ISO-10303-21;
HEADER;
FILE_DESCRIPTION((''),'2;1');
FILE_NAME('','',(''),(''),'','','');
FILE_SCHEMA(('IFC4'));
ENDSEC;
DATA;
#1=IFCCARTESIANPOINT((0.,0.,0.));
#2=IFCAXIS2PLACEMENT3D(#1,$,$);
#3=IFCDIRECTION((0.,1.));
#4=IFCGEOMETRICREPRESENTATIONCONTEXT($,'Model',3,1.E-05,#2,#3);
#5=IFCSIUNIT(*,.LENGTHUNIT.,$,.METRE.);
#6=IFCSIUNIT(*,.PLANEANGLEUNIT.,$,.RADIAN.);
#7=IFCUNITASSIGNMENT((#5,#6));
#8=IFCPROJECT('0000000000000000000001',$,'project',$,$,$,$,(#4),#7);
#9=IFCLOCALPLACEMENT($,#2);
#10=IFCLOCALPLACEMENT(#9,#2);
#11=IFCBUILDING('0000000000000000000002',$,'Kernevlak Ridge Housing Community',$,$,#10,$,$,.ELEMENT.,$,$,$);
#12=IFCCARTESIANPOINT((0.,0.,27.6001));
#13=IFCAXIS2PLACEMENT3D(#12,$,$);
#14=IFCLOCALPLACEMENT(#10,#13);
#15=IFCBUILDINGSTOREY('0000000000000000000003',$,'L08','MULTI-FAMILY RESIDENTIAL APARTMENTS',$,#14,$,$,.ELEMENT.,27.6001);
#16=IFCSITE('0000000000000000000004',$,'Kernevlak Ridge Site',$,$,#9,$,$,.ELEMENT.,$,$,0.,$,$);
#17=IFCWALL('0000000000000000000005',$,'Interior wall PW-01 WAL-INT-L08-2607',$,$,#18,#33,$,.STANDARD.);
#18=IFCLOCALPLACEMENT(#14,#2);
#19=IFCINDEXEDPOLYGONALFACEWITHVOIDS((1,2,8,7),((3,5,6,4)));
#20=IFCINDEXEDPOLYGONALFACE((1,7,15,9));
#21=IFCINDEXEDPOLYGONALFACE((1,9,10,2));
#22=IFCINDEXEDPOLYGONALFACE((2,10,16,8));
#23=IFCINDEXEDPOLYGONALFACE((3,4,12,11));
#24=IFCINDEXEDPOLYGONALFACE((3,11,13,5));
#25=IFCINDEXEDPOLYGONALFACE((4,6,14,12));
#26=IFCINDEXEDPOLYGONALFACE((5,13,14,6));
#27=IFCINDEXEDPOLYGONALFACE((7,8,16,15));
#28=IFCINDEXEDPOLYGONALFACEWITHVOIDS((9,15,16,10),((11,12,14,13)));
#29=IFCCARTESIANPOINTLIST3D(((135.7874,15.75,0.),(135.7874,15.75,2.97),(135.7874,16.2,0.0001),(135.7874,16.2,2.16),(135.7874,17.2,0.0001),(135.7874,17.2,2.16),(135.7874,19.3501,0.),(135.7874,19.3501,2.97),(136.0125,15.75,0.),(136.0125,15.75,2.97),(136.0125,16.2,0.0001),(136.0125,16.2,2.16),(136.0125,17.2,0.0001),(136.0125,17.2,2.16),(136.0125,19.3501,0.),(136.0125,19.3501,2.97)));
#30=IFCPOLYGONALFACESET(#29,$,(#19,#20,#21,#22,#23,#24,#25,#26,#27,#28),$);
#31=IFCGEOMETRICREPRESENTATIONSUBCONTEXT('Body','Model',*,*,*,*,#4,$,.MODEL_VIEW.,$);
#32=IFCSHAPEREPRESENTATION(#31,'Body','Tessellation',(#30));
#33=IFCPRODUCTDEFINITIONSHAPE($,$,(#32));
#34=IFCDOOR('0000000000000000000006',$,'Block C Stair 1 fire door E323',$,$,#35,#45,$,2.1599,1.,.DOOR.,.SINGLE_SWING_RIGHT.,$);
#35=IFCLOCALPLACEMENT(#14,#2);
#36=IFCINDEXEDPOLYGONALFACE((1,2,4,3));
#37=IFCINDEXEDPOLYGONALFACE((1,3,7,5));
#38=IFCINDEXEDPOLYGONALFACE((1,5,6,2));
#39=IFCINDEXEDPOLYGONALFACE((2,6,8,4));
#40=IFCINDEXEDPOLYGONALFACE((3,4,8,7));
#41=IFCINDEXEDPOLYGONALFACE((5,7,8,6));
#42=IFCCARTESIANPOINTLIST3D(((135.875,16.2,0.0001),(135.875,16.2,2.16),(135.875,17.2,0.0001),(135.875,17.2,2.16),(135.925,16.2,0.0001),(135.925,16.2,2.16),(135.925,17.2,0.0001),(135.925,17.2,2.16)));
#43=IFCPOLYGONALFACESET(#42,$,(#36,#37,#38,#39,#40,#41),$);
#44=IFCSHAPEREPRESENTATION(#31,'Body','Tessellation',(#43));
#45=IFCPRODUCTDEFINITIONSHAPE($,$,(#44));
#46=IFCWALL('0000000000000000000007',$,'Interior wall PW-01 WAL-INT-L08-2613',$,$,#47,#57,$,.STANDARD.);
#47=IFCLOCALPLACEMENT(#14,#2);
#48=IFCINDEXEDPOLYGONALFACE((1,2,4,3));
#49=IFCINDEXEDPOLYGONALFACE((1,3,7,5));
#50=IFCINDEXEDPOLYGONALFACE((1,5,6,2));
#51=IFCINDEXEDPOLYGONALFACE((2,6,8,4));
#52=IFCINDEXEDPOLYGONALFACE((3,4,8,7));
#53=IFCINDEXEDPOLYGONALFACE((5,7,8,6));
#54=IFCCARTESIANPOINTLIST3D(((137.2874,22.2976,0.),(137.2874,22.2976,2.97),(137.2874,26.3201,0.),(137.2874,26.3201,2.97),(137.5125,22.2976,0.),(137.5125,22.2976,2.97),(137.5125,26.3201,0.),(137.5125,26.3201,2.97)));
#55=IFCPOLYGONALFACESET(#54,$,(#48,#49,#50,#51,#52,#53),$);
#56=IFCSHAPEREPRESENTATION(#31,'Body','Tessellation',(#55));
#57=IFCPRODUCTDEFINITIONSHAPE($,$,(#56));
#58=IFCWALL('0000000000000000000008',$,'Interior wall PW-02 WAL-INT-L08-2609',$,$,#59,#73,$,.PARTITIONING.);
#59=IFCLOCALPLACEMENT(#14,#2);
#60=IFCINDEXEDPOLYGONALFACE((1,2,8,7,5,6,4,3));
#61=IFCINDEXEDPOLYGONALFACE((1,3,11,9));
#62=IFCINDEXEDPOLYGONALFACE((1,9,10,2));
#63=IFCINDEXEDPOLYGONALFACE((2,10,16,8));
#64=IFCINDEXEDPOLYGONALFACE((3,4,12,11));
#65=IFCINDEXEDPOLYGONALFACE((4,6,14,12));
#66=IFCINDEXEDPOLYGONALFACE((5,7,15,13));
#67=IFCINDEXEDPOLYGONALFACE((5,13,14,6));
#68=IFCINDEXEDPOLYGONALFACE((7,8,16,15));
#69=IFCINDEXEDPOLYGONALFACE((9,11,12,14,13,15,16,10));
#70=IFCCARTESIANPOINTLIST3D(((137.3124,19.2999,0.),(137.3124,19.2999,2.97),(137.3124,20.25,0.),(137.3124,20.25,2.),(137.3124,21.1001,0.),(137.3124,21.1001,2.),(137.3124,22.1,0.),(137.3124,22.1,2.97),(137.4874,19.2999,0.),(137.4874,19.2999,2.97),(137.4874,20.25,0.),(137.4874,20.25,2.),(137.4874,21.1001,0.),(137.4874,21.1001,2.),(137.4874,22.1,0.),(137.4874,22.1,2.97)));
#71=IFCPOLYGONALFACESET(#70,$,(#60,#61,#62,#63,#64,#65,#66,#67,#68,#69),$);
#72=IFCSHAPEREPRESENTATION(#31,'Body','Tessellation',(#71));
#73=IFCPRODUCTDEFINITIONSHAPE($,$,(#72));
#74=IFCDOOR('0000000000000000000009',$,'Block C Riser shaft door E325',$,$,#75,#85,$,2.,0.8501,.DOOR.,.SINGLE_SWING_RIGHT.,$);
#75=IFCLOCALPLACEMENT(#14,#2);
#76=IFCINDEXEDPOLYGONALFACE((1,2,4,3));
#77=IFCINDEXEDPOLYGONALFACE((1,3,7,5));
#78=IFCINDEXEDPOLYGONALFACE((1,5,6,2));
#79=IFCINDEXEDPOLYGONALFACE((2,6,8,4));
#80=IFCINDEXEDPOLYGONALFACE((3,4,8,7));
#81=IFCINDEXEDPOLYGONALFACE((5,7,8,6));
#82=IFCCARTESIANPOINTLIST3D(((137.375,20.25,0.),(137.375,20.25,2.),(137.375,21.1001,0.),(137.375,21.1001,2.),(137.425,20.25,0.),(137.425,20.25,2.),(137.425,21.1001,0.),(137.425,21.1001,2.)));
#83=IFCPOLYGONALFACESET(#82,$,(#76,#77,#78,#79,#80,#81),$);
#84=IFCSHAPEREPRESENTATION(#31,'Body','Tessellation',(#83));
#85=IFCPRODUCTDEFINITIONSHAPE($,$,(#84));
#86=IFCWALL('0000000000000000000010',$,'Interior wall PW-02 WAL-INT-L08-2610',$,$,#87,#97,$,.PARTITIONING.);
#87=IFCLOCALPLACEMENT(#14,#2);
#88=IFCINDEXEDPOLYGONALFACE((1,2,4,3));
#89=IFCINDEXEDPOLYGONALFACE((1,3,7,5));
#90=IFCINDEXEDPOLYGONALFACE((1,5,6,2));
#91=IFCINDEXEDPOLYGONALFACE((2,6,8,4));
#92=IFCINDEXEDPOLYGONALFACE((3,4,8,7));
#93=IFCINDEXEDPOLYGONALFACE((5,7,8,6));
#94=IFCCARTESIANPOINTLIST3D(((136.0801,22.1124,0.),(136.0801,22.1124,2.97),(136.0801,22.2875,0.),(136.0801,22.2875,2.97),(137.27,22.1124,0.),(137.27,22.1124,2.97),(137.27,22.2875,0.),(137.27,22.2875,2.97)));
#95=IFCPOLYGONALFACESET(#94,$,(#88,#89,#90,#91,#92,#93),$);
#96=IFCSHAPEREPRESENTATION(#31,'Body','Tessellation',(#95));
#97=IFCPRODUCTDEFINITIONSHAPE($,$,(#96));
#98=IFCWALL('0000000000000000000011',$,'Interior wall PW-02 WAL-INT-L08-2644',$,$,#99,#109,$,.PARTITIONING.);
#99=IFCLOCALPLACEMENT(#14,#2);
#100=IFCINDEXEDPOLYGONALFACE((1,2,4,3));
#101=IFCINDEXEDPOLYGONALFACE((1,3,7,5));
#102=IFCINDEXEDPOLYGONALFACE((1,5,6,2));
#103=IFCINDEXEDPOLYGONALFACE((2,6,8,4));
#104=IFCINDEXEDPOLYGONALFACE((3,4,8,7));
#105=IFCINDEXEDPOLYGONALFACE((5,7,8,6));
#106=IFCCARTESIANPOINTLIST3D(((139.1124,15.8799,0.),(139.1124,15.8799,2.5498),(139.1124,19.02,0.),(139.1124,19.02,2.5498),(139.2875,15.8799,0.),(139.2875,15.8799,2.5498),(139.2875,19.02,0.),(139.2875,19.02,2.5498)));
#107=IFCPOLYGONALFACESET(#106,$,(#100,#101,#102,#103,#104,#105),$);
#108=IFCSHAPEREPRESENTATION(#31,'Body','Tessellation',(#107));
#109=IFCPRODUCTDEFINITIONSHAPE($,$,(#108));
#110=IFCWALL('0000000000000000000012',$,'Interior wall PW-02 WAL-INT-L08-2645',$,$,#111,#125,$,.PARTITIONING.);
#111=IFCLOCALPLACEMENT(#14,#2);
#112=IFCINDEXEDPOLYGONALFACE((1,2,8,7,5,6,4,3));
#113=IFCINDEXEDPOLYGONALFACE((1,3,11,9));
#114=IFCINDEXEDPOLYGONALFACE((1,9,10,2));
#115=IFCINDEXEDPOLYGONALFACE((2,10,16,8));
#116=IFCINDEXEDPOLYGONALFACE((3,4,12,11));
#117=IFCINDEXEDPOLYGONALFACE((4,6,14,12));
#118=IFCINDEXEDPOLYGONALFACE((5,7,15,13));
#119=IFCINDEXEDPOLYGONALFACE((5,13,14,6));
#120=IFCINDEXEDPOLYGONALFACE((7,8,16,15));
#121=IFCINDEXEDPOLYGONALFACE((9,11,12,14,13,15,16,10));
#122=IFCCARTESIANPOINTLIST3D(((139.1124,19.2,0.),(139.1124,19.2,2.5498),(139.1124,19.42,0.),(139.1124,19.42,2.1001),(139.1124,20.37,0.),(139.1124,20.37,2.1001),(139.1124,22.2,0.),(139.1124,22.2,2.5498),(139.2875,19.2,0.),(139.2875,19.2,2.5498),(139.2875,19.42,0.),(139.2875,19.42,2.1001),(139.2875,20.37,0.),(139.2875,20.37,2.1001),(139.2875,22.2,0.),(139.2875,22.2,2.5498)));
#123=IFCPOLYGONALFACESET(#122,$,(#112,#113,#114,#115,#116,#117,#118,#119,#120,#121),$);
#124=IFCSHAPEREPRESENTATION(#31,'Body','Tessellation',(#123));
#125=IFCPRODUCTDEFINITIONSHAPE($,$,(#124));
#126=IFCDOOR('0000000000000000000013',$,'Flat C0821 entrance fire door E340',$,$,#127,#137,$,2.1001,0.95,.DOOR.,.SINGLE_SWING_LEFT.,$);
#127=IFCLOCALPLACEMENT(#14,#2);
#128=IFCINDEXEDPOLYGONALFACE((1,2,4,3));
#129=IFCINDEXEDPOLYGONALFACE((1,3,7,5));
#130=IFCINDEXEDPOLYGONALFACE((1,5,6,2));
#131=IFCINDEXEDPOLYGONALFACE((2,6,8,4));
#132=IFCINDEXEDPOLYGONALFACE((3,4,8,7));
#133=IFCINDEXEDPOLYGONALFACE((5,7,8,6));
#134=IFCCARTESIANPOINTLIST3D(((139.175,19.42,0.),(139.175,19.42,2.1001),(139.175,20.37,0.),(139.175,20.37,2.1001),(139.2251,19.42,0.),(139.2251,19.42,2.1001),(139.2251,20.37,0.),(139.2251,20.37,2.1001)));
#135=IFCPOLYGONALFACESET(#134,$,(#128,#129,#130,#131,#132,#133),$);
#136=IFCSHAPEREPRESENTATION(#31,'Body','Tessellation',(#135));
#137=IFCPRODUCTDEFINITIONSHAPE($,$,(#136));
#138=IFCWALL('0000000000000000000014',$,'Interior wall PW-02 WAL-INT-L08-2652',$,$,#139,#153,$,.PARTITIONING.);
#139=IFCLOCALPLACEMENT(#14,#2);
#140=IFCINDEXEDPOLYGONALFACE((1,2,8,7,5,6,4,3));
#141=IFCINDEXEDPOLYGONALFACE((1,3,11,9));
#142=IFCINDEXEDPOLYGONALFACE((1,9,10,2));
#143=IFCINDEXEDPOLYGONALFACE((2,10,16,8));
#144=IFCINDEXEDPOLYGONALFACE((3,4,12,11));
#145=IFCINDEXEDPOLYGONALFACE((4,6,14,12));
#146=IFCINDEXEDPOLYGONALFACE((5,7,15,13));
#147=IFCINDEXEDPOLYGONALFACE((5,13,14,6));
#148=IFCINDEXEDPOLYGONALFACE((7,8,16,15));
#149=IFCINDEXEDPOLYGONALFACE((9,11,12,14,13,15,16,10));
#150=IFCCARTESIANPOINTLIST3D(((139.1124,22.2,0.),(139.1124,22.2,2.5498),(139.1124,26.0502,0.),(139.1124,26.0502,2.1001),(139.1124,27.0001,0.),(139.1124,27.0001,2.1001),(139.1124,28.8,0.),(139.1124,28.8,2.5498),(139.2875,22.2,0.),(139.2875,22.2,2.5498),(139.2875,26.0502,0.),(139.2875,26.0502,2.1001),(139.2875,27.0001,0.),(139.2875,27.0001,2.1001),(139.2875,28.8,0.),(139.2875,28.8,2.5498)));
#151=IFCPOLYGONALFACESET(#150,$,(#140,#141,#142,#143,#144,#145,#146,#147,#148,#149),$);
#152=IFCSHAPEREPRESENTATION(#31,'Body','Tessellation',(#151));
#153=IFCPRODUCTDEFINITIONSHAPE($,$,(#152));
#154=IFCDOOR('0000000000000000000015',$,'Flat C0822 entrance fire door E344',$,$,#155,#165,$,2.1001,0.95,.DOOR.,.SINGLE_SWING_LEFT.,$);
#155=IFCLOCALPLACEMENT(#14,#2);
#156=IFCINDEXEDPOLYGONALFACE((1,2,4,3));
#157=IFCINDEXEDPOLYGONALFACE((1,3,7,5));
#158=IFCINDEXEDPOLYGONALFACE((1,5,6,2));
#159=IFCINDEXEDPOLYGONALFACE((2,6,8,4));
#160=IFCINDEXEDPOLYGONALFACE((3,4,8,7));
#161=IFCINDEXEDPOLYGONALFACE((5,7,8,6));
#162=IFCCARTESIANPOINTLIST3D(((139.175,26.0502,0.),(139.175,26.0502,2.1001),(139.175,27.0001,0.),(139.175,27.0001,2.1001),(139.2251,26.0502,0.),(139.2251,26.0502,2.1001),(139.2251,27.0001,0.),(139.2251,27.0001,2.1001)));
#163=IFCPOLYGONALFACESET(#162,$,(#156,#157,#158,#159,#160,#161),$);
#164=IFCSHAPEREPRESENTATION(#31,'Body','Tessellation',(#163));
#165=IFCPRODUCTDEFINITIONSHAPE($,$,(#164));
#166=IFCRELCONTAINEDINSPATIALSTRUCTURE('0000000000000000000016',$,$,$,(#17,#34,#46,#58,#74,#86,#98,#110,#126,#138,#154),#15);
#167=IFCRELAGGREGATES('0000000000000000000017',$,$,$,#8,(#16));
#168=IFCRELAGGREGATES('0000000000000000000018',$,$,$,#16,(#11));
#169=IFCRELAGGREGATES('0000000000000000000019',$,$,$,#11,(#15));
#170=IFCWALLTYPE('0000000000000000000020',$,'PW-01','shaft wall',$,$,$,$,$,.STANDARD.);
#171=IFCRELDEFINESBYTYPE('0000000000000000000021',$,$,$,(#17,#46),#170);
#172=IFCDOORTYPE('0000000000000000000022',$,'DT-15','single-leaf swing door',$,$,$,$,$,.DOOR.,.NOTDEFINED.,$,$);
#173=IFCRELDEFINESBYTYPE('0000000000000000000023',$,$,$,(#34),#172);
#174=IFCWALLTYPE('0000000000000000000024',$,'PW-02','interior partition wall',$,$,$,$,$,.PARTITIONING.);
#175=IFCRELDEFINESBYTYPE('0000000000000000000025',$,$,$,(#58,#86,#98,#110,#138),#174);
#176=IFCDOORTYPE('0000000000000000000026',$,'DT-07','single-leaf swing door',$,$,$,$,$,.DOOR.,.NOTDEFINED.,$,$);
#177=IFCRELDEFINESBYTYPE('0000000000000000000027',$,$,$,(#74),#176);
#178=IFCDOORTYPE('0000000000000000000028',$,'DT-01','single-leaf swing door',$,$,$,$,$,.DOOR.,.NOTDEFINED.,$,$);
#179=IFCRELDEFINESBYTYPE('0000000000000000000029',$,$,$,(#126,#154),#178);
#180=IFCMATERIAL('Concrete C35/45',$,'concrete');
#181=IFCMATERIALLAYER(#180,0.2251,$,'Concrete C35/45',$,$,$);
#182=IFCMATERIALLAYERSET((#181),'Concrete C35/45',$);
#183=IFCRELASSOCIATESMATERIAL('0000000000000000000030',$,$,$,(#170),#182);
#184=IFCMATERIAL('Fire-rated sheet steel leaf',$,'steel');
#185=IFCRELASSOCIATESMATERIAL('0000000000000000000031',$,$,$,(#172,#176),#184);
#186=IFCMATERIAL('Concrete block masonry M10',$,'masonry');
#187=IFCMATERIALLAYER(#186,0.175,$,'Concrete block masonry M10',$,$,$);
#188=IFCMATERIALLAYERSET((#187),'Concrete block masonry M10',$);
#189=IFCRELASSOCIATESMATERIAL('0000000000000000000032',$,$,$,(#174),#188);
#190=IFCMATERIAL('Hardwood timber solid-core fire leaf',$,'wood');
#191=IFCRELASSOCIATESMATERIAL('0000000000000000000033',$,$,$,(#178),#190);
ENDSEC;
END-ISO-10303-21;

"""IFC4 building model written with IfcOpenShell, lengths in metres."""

from ifc_helpers import new_model, si_unit, direction, frame, frame_2d, origin, place, context, subcontext, project, spatial, rectangle, extrude, material, layer, layer_set, type_object, element, fill, save


model = new_model("IFC4")

# Units and contexts
model_context = context("Model", 3, precision=1e-05, world=origin(), true_north=direction((0.0, 1.0)))
body_context = subcontext(model_context, "Body", "Model", "MODEL_VIEW")
ifc_project = project(units=[si_unit("LENGTHUNIT", "METRE"), si_unit("PLANEANGLEUNIT", "RADIAN")], contexts=[model_context])

# Site, building, storey
site_placement = place(None, origin())
site = spatial("IfcSite", under=ifc_project, at=site_placement, Name="Kernevlak Ridge Site", CompositionType="ELEMENT", RefElevation=0.0)
building_placement = place(site_placement, origin())
building = spatial("IfcBuilding", under=site, at=building_placement, Name="Kernevlak Ridge Housing Community", CompositionType="ELEMENT")
storey_placement = place(building_placement, frame((0.0, 0.0, 27.6001)))
storey = spatial("IfcBuildingStorey", under=building, at=storey_placement, Name="L08", Description="MULTI-FAMILY RESIDENTIAL APARTMENTS", CompositionType="ELEMENT", Elevation=27.6001)

# Shared definitions
ifc_material_1 = material(Name="Concrete C35/45", Category="concrete")

# Wall, opening, door
ifc_layer_1 = layer(ifc_material_1, 0.2251, Name="Concrete C35/45")
ifc_layer_set_1 = layer_set([ifc_layer_1], Name="Concrete C35/45")
wall_type_1 = type_object("IfcWallType", Name="PW-01", Description="shaft wall", PredefinedType="STANDARD", material=ifc_layer_set_1)
wall_1_placement = place(storey_placement, frame((135.8999, 15.75, 0.0), z_axis=(0.0, 0.0, 1.0), x_axis=(0.0, 1.0, 0.0)))
wall_1 = element("IfcWall", 1, at=wall_1_placement, inside=storey, type_object=wall_type_1, Name="Interior wall PW-01 WAL-INT-L08-2607", PredefinedType="STANDARD", context=body_context, shape_type="SweptSolid", body=[
    extrude(rectangle(XDim=3.6001, YDim=0.2251, at=frame_2d((1.8, 0.0))), origin(), (0.0, 0.0, 1.0), 2.97),
])
opening_1_placement = place(wall_1_placement, frame((0.45, 0.0, 0.0)))
opening_1 = element("IfcOpeningElement", 2, at=opening_1_placement, cuts=wall_1, PredefinedType="OPENING", context=body_context, shape_type="SweptSolid", body=[
    extrude(rectangle(XDim=1.0, YDim=2.1599, at=frame_2d((0.5, 1.0801))), frame((0.0, 0.1226, 0.0), z_axis=(0.0, -1.0, 0.0), x_axis=(1.0, 0.0, 0.0)), (0.0, 0.0, 1.0), 0.2451),
])
ifc_material_2 = material(Name="Fire-rated sheet steel leaf", Category="steel")
door_type_1 = type_object("IfcDoorType", Name="DT-15", Description="single-leaf swing door", OperationType="NOTDEFINED", PredefinedType="DOOR", material=ifc_material_2)
door_1_placement = place(opening_1_placement, origin())
door_1 = element("IfcDoor", 3, at=door_1_placement, inside=storey, type_object=door_type_1, Name="Block C Stair 1 fire door E323", OperationType="SINGLE_SWING_RIGHT", OverallHeight=2.1599, OverallWidth=1.0, PredefinedType="DOOR", context=body_context, shape_type="SweptSolid", body=[
    extrude(rectangle(XDim=1.0, YDim=2.1599, at=frame_2d((0.5, 1.0801))), frame((0.0, 0.0249, 0.0), z_axis=(0.0, -1.0, 0.0), x_axis=(1.0, 0.0, 0.0)), (0.0, 0.0, 1.0), 0.05),
])
fill(opening_1, door_1)

# Wall
wall_2_placement = place(storey_placement, frame((137.3999, 22.2976, 0.0), z_axis=(0.0, 0.0, 1.0), x_axis=(0.0, 1.0, 0.0)))
element("IfcWall", 4, at=wall_2_placement, inside=storey, type_object=wall_type_1, Name="Interior wall PW-01 WAL-INT-L08-2613", PredefinedType="STANDARD", context=body_context, shape_type="SweptSolid", body=[
    extrude(rectangle(XDim=4.0225, YDim=0.2251, at=frame_2d((2.0112, 0.0))), origin(), (0.0, 0.0, 1.0), 2.97),
])

# Wall, opening, door
ifc_material_3 = material(Name="Concrete block masonry M10", Category="masonry")
ifc_layer_2 = layer(ifc_material_3, 0.175, Name="Concrete block masonry M10")
ifc_layer_set_2 = layer_set([ifc_layer_2], Name="Concrete block masonry M10")
wall_type_2 = type_object("IfcWallType", Name="PW-02", Description="interior partition wall", PredefinedType="PARTITIONING", material=ifc_layer_set_2)
wall_3_placement = place(storey_placement, frame((137.3999, 19.3, 0.0), z_axis=(0.0, 0.0, 1.0), x_axis=(0.0, 1.0, 0.0)))
wall_3 = element("IfcWall", 5, at=wall_3_placement, inside=storey, type_object=wall_type_2, Name="Interior wall PW-02 WAL-INT-L08-2609", PredefinedType="PARTITIONING", context=body_context, shape_type="SweptSolid", body=[
    extrude(rectangle(XDim=2.8, YDim=0.175, at=frame_2d((1.3999, 0.0))), origin(), (0.0, 0.0, 1.0), 2.97),
])
opening_2_placement = place(wall_3_placement, frame((0.95, 0.0, 0.0)))
opening_2 = element("IfcOpeningElement", 6, at=opening_2_placement, cuts=wall_3, PredefinedType="OPENING", context=body_context, shape_type="SweptSolid", body=[
    extrude(rectangle(XDim=0.8501, YDim=2.0, at=frame_2d((0.425, 1.0))), frame((0.0, 0.0974, 0.0), z_axis=(0.0, -1.0, 0.0), x_axis=(1.0, 0.0, 0.0)), (0.0, 0.0, 1.0), 0.1951),
])
door_type_2 = type_object("IfcDoorType", Name="DT-07", Description="single-leaf swing door", OperationType="NOTDEFINED", PredefinedType="DOOR", material=ifc_material_2)
door_2_placement = place(opening_2_placement, origin())
door_2 = element("IfcDoor", 7, at=door_2_placement, inside=storey, type_object=door_type_2, Name="Block C Riser shaft door E325", OperationType="SINGLE_SWING_RIGHT", OverallHeight=2.0, OverallWidth=0.8501, PredefinedType="DOOR", context=body_context, shape_type="SweptSolid", body=[
    extrude(rectangle(XDim=0.8501, YDim=2.0, at=frame_2d((0.425, 1.0))), frame((0.0, 0.0249, 0.0), z_axis=(0.0, -1.0, 0.0), x_axis=(1.0, 0.0, 0.0)), (0.0, 0.0, 1.0), 0.05),
])
fill(opening_2, door_2)

# Walls
wall_4_placement = place(storey_placement, frame((136.0801, 22.2, 0.0), z_axis=(0.0, 0.0, 1.0), x_axis=(1.0, 0.0, 0.0)))
element("IfcWall", 8, at=wall_4_placement, inside=storey, type_object=wall_type_2, Name="Interior wall PW-02 WAL-INT-L08-2610", PredefinedType="PARTITIONING", context=body_context, shape_type="SweptSolid", body=[
    extrude(rectangle(XDim=1.1899, YDim=0.175, at=frame_2d((0.595, 0.0))), origin(), (0.0, 0.0, 1.0), 2.97),
])
wall_5_placement = place(storey_placement, frame((139.2, 15.8799, 0.0), z_axis=(0.0, 0.0, 1.0), x_axis=(0.0, 1.0, 0.0)))
element("IfcWall", 9, at=wall_5_placement, inside=storey, type_object=wall_type_2, Name="Interior wall PW-02 WAL-INT-L08-2644", PredefinedType="PARTITIONING", context=body_context, shape_type="SweptSolid", body=[
    extrude(rectangle(XDim=3.1401, YDim=0.175, at=frame_2d((1.5701, 0.0))), origin(), (0.0, 0.0, 1.0), 2.5498),
])

# Walls, openings, doors
wall_6_placement = place(storey_placement, frame((139.2, 19.2, 0.0), z_axis=(0.0, 0.0, 1.0), x_axis=(0.0, 1.0, 0.0)))
wall_6 = element("IfcWall", 10, at=wall_6_placement, inside=storey, type_object=wall_type_2, Name="Interior wall PW-02 WAL-INT-L08-2645", PredefinedType="PARTITIONING", context=body_context, shape_type="SweptSolid", body=[
    extrude(rectangle(XDim=3.0, YDim=0.175, at=frame_2d((1.5, 0.0))), origin(), (0.0, 0.0, 1.0), 2.5498),
])
opening_3_placement = place(wall_6_placement, frame((0.22, 0.0, 0.0)))
opening_3 = element("IfcOpeningElement", 11, at=opening_3_placement, cuts=wall_6, PredefinedType="OPENING", context=body_context, shape_type="SweptSolid", body=[
    extrude(rectangle(XDim=0.95, YDim=2.1001, at=frame_2d((0.4751, 1.05))), frame((0.0, 0.0974, 0.0), z_axis=(0.0, -1.0, 0.0), x_axis=(1.0, 0.0, 0.0)), (0.0, 0.0, 1.0), 0.1951),
])
ifc_material_4 = material(Name="Hardwood timber solid-core fire leaf", Category="wood")
door_type_3 = type_object("IfcDoorType", Name="DT-01", Description="single-leaf swing door", OperationType="NOTDEFINED", PredefinedType="DOOR", material=ifc_material_4)
door_3_placement = place(opening_3_placement, origin())
door_3 = element("IfcDoor", 12, at=door_3_placement, inside=storey, type_object=door_type_3, Name="Flat C0821 entrance fire door E340", OperationType="SINGLE_SWING_LEFT", OverallHeight=2.1001, OverallWidth=0.95, PredefinedType="DOOR", context=body_context, shape_type="SweptSolid", body=[
    extrude(rectangle(XDim=0.95, YDim=2.1001, at=frame_2d((0.4751, 1.05))), frame((0.0, 0.0249, 0.0), z_axis=(0.0, -1.0, 0.0), x_axis=(1.0, 0.0, 0.0)), (0.0, 0.0, 1.0), 0.05),
])
fill(opening_3, door_3)
wall_7_placement = place(storey_placement, frame((139.2, 22.2, 0.0), z_axis=(0.0, 0.0, 1.0), x_axis=(0.0, 1.0, 0.0)))
wall_7 = element("IfcWall", 13, at=wall_7_placement, inside=storey, type_object=wall_type_2, Name="Interior wall PW-02 WAL-INT-L08-2652", PredefinedType="PARTITIONING", context=body_context, shape_type="SweptSolid", body=[
    extrude(rectangle(XDim=6.6001, YDim=0.175, at=frame_2d((3.3, 0.0))), origin(), (0.0, 0.0, 1.0), 2.5498),
])
opening_4_placement = place(wall_7_placement, frame((3.8501, 0.0, 0.0)))
opening_4 = element("IfcOpeningElement", 14, at=opening_4_placement, cuts=wall_7, PredefinedType="OPENING", context=body_context, shape_type="SweptSolid", body=[
    extrude(rectangle(XDim=0.95, YDim=2.1001, at=frame_2d((0.4751, 1.05))), frame((0.0, 0.0974, 0.0), z_axis=(0.0, -1.0, 0.0), x_axis=(1.0, 0.0, 0.0)), (0.0, 0.0, 1.0), 0.1951),
])
door_4_placement = place(opening_4_placement, origin())
door_4 = element("IfcDoor", 15, at=door_4_placement, inside=storey, type_object=door_type_3, Name="Flat C0822 entrance fire door E344", OperationType="SINGLE_SWING_LEFT", OverallHeight=2.1001, OverallWidth=0.95, PredefinedType="DOOR", context=body_context, shape_type="SweptSolid", body=[
    extrude(rectangle(XDim=0.95, YDim=2.1001, at=frame_2d((0.4751, 1.05))), frame((0.0, 0.0249, 0.0), z_axis=(0.0, -1.0, 0.0), x_axis=(1.0, 0.0, 0.0)), (0.0, 0.0, 1.0), 0.05),
])
fill(opening_4, door_4)

save(model, "model.ifc")
